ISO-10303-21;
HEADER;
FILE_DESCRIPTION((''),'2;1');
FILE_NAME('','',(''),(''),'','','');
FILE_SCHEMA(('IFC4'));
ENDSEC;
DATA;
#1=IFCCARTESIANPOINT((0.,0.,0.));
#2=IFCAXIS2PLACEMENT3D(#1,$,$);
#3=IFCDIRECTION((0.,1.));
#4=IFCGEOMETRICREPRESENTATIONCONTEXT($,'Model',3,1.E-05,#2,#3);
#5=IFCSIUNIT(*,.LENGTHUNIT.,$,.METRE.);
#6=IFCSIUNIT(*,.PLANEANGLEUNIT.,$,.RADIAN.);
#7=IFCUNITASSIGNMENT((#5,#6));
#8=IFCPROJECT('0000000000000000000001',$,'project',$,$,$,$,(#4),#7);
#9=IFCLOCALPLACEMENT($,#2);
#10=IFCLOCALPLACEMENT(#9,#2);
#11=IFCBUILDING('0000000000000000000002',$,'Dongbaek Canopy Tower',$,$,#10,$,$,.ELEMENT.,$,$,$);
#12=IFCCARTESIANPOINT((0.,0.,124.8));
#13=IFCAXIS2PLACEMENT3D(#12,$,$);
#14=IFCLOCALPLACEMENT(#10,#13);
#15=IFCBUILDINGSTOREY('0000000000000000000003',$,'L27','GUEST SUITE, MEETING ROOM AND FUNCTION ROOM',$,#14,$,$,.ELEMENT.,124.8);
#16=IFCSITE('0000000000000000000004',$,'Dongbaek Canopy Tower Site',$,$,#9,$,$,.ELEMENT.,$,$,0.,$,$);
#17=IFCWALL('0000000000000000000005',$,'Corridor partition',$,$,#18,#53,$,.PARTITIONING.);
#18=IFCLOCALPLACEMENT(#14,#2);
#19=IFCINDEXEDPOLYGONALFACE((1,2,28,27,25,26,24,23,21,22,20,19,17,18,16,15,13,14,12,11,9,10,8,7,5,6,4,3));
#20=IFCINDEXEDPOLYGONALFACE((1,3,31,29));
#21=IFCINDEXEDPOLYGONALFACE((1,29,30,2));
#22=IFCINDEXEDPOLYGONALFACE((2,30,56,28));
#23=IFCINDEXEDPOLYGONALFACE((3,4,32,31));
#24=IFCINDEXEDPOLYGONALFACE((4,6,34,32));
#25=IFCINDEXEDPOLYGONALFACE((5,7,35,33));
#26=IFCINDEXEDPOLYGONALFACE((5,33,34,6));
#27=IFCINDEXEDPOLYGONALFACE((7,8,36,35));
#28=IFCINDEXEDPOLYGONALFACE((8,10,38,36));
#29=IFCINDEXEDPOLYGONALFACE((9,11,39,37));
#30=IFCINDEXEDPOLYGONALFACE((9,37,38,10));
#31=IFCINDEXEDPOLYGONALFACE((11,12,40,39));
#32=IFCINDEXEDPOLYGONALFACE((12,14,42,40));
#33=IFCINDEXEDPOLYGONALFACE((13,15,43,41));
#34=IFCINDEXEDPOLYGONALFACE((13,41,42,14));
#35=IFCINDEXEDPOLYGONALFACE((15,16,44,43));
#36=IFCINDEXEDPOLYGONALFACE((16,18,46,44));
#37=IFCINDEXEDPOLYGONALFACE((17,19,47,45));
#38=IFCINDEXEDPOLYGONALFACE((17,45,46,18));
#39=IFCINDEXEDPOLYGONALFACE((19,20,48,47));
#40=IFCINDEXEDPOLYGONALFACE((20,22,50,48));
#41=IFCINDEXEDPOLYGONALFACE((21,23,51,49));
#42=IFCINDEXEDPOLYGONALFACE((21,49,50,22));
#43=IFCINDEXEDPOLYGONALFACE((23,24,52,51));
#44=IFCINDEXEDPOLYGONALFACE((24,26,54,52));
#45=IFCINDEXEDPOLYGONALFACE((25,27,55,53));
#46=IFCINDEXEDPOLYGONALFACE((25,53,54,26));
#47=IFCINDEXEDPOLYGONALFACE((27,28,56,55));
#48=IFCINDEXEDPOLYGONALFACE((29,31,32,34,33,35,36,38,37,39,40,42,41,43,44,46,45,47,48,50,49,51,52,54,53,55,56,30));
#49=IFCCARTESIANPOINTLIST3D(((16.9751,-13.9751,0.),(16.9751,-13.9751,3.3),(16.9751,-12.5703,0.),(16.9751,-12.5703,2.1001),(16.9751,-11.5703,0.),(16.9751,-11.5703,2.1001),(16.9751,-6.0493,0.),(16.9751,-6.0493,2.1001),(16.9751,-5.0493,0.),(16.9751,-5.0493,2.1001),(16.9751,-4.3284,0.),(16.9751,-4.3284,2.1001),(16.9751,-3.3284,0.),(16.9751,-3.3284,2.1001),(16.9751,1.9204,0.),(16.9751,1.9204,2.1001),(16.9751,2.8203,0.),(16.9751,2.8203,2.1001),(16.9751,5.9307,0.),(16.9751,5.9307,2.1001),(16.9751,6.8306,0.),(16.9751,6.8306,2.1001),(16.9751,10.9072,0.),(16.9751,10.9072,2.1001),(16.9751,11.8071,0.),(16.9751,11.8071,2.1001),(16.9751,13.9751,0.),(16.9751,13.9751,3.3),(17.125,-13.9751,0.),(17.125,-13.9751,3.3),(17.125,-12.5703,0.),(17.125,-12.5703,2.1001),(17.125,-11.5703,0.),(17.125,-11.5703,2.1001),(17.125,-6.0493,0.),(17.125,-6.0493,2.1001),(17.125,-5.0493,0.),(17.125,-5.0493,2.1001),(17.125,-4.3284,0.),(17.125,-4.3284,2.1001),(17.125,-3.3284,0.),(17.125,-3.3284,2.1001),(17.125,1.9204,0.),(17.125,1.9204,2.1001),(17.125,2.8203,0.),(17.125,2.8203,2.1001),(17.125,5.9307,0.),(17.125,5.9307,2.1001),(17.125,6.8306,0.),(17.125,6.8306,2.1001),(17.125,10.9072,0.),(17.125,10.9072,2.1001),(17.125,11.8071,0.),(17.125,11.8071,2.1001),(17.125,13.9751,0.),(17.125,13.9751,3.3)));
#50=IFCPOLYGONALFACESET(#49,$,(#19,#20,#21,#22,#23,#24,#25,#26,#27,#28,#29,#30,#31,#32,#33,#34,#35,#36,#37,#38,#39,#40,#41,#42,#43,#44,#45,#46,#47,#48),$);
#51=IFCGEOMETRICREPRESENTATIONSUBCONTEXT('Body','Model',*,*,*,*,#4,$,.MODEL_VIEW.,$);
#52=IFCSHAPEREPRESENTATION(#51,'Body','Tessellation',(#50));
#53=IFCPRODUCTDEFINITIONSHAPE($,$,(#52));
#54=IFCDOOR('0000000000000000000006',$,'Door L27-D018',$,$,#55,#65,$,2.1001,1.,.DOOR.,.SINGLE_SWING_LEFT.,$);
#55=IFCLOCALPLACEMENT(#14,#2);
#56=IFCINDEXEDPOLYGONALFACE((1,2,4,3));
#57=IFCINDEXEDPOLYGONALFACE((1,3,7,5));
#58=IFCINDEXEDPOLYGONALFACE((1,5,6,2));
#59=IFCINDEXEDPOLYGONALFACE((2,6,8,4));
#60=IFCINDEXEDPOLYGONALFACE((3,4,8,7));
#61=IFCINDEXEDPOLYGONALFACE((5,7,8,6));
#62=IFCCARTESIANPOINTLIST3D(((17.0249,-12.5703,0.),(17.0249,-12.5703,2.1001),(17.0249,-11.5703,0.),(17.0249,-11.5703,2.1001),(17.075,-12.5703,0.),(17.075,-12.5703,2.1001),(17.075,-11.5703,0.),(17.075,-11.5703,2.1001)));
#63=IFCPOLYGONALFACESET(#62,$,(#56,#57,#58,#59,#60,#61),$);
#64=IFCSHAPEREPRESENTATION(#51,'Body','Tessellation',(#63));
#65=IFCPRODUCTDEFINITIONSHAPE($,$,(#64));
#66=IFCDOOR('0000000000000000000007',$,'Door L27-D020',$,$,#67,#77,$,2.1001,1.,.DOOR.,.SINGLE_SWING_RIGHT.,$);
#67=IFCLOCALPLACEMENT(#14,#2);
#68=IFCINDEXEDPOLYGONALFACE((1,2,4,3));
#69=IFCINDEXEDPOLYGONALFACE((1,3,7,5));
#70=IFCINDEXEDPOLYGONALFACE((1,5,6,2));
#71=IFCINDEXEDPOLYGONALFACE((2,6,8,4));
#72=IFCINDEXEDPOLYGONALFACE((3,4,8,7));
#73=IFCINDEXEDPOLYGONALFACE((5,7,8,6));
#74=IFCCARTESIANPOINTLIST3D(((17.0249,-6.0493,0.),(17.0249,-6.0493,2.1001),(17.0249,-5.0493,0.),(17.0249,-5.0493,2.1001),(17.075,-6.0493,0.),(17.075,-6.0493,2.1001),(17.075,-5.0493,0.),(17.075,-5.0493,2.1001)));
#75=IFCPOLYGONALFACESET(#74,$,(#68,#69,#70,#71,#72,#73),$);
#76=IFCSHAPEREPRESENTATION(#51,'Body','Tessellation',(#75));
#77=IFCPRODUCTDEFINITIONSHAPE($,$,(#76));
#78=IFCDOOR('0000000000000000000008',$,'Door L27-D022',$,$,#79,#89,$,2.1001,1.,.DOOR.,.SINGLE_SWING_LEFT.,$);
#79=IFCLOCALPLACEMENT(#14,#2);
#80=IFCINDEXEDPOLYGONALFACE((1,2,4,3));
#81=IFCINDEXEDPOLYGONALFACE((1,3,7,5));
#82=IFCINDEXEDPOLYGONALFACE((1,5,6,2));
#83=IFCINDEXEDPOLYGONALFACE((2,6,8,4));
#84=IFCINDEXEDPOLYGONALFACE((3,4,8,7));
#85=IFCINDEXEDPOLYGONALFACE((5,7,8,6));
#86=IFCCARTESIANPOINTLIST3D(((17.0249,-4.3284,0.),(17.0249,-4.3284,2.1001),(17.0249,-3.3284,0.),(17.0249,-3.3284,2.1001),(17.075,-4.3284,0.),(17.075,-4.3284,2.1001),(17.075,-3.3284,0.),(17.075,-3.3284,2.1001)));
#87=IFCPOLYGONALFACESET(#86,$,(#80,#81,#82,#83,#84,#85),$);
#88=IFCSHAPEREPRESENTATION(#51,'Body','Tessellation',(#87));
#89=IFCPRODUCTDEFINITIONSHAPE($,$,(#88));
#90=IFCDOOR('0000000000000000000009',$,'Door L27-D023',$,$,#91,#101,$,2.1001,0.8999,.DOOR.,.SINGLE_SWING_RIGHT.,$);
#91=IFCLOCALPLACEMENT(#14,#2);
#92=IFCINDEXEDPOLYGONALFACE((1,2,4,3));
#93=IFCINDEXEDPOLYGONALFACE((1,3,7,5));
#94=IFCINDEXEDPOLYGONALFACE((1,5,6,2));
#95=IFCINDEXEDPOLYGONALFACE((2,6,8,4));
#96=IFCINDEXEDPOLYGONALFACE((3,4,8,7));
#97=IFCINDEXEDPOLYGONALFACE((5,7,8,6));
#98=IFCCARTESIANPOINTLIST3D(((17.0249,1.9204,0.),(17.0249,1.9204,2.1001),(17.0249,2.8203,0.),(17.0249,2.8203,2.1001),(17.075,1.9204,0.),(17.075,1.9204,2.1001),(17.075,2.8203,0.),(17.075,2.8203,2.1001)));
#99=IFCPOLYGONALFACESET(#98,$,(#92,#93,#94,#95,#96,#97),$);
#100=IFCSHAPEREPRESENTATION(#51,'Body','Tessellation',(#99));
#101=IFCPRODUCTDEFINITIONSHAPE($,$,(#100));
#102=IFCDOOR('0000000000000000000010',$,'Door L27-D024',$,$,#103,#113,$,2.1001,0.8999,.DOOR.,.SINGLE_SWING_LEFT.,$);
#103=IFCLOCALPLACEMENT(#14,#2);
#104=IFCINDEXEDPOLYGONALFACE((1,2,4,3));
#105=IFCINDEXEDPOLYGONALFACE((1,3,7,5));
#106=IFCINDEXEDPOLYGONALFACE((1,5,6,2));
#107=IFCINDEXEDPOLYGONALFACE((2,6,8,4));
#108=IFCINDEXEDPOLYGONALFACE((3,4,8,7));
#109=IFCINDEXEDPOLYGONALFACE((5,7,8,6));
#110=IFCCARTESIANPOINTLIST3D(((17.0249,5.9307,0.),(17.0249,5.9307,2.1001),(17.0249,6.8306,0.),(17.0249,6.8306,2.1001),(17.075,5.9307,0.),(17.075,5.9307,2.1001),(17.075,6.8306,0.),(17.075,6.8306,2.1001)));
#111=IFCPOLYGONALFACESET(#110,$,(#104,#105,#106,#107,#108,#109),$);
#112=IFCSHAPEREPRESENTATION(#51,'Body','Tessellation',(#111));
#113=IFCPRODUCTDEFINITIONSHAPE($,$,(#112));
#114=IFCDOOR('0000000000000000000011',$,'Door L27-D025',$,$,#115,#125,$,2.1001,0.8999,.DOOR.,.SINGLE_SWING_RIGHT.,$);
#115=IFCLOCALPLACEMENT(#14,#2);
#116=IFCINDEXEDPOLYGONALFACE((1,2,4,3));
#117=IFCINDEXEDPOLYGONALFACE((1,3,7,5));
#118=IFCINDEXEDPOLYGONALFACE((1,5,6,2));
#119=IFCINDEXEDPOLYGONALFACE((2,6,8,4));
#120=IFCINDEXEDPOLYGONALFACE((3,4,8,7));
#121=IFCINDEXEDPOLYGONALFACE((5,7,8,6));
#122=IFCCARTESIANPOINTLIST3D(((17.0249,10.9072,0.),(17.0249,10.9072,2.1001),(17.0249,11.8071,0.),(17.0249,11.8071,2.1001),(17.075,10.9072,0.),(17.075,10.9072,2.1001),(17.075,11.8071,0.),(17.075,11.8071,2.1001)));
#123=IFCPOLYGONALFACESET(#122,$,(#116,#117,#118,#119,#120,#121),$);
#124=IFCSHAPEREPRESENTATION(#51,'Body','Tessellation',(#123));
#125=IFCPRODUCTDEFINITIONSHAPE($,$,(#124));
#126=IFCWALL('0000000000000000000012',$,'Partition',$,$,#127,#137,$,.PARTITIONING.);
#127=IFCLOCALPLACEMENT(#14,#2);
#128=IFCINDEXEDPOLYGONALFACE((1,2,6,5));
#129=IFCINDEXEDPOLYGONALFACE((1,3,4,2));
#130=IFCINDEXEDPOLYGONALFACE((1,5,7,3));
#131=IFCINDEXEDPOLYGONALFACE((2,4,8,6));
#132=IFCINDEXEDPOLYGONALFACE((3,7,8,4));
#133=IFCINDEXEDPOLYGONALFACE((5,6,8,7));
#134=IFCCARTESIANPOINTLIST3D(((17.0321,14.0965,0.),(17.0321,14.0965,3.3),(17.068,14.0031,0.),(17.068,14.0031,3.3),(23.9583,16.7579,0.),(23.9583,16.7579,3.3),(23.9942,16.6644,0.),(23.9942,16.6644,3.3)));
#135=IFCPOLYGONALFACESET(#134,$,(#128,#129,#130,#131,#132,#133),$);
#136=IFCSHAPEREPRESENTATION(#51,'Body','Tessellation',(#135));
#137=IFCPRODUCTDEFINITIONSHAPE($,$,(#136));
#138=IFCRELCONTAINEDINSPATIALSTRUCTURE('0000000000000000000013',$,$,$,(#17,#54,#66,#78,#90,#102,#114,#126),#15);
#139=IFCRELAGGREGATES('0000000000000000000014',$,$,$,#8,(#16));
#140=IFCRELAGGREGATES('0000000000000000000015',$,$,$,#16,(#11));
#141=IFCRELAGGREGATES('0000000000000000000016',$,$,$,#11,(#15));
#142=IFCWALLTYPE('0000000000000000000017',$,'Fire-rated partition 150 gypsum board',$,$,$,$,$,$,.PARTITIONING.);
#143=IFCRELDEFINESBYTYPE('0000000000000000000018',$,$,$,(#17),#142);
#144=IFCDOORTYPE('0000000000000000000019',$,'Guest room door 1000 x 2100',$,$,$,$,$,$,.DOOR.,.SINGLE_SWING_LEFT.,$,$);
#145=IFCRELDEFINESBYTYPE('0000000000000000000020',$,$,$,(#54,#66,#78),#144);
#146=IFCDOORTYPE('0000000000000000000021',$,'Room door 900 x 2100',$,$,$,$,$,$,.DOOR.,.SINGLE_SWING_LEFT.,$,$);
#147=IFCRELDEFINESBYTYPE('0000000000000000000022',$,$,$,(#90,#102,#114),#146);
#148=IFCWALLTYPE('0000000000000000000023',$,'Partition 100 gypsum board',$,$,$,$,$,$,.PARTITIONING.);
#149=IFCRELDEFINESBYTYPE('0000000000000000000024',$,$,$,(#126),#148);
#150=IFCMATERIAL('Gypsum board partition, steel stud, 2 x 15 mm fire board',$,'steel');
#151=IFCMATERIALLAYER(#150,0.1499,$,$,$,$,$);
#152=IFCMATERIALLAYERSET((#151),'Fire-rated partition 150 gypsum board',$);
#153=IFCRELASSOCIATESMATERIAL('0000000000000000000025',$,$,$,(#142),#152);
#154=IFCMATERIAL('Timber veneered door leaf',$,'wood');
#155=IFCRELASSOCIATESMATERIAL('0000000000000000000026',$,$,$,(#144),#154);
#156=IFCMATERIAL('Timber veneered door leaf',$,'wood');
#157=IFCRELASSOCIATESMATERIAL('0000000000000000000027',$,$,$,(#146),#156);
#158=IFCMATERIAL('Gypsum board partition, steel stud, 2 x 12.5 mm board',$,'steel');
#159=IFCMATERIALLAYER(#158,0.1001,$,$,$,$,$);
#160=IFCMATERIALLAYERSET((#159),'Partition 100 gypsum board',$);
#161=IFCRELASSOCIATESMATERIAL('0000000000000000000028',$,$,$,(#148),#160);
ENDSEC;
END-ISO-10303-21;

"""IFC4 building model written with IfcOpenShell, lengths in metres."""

from ifc_helpers import new_model, si_unit, direction, frame, frame_2d, origin, place, context, subcontext, project, spatial, rectangle, extrude, material, layer, layer_set, type_object, element, fill, save


model = new_model("IFC4")

# Units and contexts
model_context = context("Model", 3, precision=1e-05, world=origin(), true_north=direction((0.0, 1.0)))
body_context = subcontext(model_context, "Body", "Model", "MODEL_VIEW")
ifc_project = project(units=[si_unit("LENGTHUNIT", "METRE"), si_unit("PLANEANGLEUNIT", "RADIAN")], contexts=[model_context])

# Site, building, storey
site_placement = place(None, origin())
site = spatial("IfcSite", under=ifc_project, at=site_placement, Name="Dongbaek Canopy Tower Site", CompositionType="ELEMENT", RefElevation=0.0)
building_placement = place(site_placement, origin())
building = spatial("IfcBuilding", under=site, at=building_placement, Name="Dongbaek Canopy Tower", CompositionType="ELEMENT")
storey_placement = place(building_placement, frame((0.0, 0.0, 124.8)))
storey = spatial("IfcBuildingStorey", under=building, at=storey_placement, Name="L27", Description="GUEST SUITE, MEETING ROOM AND FUNCTION ROOM", CompositionType="ELEMENT", Elevation=124.8)

# Wall, openings, doors
ifc_material_1 = material(Name="Gypsum board partition, steel stud, 2 x 15 mm fire board", Category="steel")
ifc_layer_1 = layer(ifc_material_1, 0.1499)
ifc_layer_set_1 = layer_set([ifc_layer_1], Name="Fire-rated partition 150 gypsum board")
wall_type_1 = type_object("IfcWallType", Name="Fire-rated partition 150 gypsum board", PredefinedType="PARTITIONING", material=ifc_layer_set_1)
wall_1_placement = place(storey_placement, frame((17.05, 13.9751, 0.0), z_axis=(0.0, 0.0, 1.0), x_axis=(0.0, -1.0, 0.0)))
wall_1 = element("IfcWall", 1, at=wall_1_placement, inside=storey, type_object=wall_type_1, Name="Corridor partition", PredefinedType="PARTITIONING", context=body_context, shape_type="SweptSolid", body=[
    extrude(rectangle(XDim=27.9502, YDim=0.1499, at=frame_2d((13.9751, 0.0))), origin(), (0.0, 0.0, 1.0), 3.3),
])
opening_1_placement = place(wall_1_placement, frame((25.5454, 0.0, 0.0)))
opening_1 = element("IfcOpeningElement", 2, at=opening_1_placement, cuts=wall_1, PredefinedType="OPENING", context=body_context, shape_type="SweptSolid", body=[
    extrude(rectangle(XDim=1.0, YDim=2.1001, at=frame_2d((0.5, 1.05))), frame((0.0, 0.085, 0.0), z_axis=(0.0, -1.0, 0.0), x_axis=(1.0, 0.0, 0.0)), (0.0, 0.0, 1.0), 0.1699),
])
opening_2_placement = place(wall_1_placement, frame((19.0244, 0.0, 0.0)))
opening_2 = element("IfcOpeningElement", 3, at=opening_2_placement, cuts=wall_1, PredefinedType="OPENING", context=body_context, shape_type="SweptSolid", body=[
    extrude(rectangle(XDim=1.0, YDim=2.1001, at=frame_2d((0.5, 1.05))), frame((0.0, 0.085, 0.0), z_axis=(0.0, -1.0, 0.0), x_axis=(1.0, 0.0, 0.0)), (0.0, 0.0, 1.0), 0.1699),
])
opening_3_placement = place(wall_1_placement, frame((17.3035, 0.0, 0.0)))
opening_3 = element("IfcOpeningElement", 4, at=opening_3_placement, cuts=wall_1, PredefinedType="OPENING", context=body_context, shape_type="SweptSolid", body=[
    extrude(rectangle(XDim=1.0, YDim=2.1001, at=frame_2d((0.5, 1.05))), frame((0.0, 0.085, 0.0), z_axis=(0.0, -1.0, 0.0), x_axis=(1.0, 0.0, 0.0)), (0.0, 0.0, 1.0), 0.1699),
])
opening_4_placement = place(wall_1_placement, frame((11.1548, 0.0, 0.0)))
opening_4 = element("IfcOpeningElement", 5, at=opening_4_placement, cuts=wall_1, PredefinedType="OPENING", context=body_context, shape_type="SweptSolid", body=[
    extrude(rectangle(XDim=0.8999, YDim=2.1001, at=frame_2d((0.45, 1.05))), frame((0.0, 0.085, 0.0), z_axis=(0.0, -1.0, 0.0), x_axis=(1.0, 0.0, 0.0)), (0.0, 0.0, 1.0), 0.1699),
])
opening_5_placement = place(wall_1_placement, frame((7.1445, 0.0, 0.0)))
opening_5 = element("IfcOpeningElement", 6, at=opening_5_placement, cuts=wall_1, PredefinedType="OPENING", context=body_context, shape_type="SweptSolid", body=[
    extrude(rectangle(XDim=0.8999, YDim=2.1001, at=frame_2d((0.45, 1.05))), frame((0.0, 0.085, 0.0), z_axis=(0.0, -1.0, 0.0), x_axis=(1.0, 0.0, 0.0)), (0.0, 0.0, 1.0), 0.1699),
])
opening_6_placement = place(wall_1_placement, frame((2.168, 0.0, 0.0)))
opening_6 = element("IfcOpeningElement", 7, at=opening_6_placement, cuts=wall_1, PredefinedType="OPENING", context=body_context, shape_type="SweptSolid", body=[
    extrude(rectangle(XDim=0.8999, YDim=2.1001, at=frame_2d((0.45, 1.05))), frame((0.0, 0.085, 0.0), z_axis=(0.0, -1.0, 0.0), x_axis=(1.0, 0.0, 0.0)), (0.0, 0.0, 1.0), 0.1699),
])
ifc_material_2 = material(Name="Timber veneered door leaf", Category="wood")
door_type_1 = type_object("IfcDoorType", Name="Guest room door 1000 x 2100", OperationType="SINGLE_SWING_LEFT", PredefinedType="DOOR", material=ifc_material_2)
door_1_placement = place(opening_1_placement, origin())
door_1 = element("IfcDoor", 8, at=door_1_placement, inside=storey, type_object=door_type_1, Name="Door L27-D018", OperationType="SINGLE_SWING_LEFT", OverallHeight=2.1001, OverallWidth=1.0, PredefinedType="DOOR", context=body_context, shape_type="SweptSolid", body=[
    extrude(rectangle(XDim=1.0, YDim=2.1001, at=frame_2d((0.5, 1.05))), frame((0.0, 0.0249, 0.0), z_axis=(0.0, -1.0, 0.0), x_axis=(1.0, 0.0, 0.0)), (0.0, 0.0, 1.0), 0.05),
])
fill(opening_1, door_1)
door_2_placement = place(opening_2_placement, origin())
door_2 = element("IfcDoor", 9, at=door_2_placement, inside=storey, type_object=door_type_1, Name="Door L27-D020", OperationType="SINGLE_SWING_RIGHT", OverallHeight=2.1001, OverallWidth=1.0, PredefinedType="DOOR", context=body_context, shape_type="SweptSolid", body=[
    extrude(rectangle(XDim=1.0, YDim=2.1001, at=frame_2d((0.5, 1.05))), frame((0.0, 0.0249, 0.0), z_axis=(0.0, -1.0, 0.0), x_axis=(1.0, 0.0, 0.0)), (0.0, 0.0, 1.0), 0.05),
])
fill(opening_2, door_2)
door_3_placement = place(opening_3_placement, origin())
door_3 = element("IfcDoor", 10, at=door_3_placement, inside=storey, type_object=door_type_1, Name="Door L27-D022", OperationType="SINGLE_SWING_LEFT", OverallHeight=2.1001, OverallWidth=1.0, PredefinedType="DOOR", context=body_context, shape_type="SweptSolid", body=[
    extrude(rectangle(XDim=1.0, YDim=2.1001, at=frame_2d((0.5, 1.05))), frame((0.0, 0.0249, 0.0), z_axis=(0.0, -1.0, 0.0), x_axis=(1.0, 0.0, 0.0)), (0.0, 0.0, 1.0), 0.05),
])
fill(opening_3, door_3)
ifc_material_3 = material(Name="Timber veneered door leaf", Category="wood")
door_type_2 = type_object("IfcDoorType", Name="Room door 900 x 2100", OperationType="SINGLE_SWING_LEFT", PredefinedType="DOOR", material=ifc_material_3)
door_4_placement = place(opening_4_placement, origin())
door_4 = element("IfcDoor", 11, at=door_4_placement, inside=storey, type_object=door_type_2, Name="Door L27-D023", OperationType="SINGLE_SWING_RIGHT", OverallHeight=2.1001, OverallWidth=0.8999, PredefinedType="DOOR", context=body_context, shape_type="SweptSolid", body=[
    extrude(rectangle(XDim=0.8999, YDim=2.1001, at=frame_2d((0.45, 1.05))), frame((0.0, 0.0249, 0.0), z_axis=(0.0, -1.0, 0.0), x_axis=(1.0, 0.0, 0.0)), (0.0, 0.0, 1.0), 0.05),
])
fill(opening_4, door_4)
door_5_placement = place(opening_5_placement, origin())
door_5 = element("IfcDoor", 12, at=door_5_placement, inside=storey, type_object=door_type_2, Name="Door L27-D024", OperationType="SINGLE_SWING_LEFT", OverallHeight=2.1001, OverallWidth=0.8999, PredefinedType="DOOR", context=body_context, shape_type="SweptSolid", body=[
    extrude(rectangle(XDim=0.8999, YDim=2.1001, at=frame_2d((0.45, 1.05))), frame((0.0, 0.0249, 0.0), z_axis=(0.0, -1.0, 0.0), x_axis=(1.0, 0.0, 0.0)), (0.0, 0.0, 1.0), 0.05),
])
fill(opening_5, door_5)
door_6_placement = place(opening_6_placement, origin())
door_6 = element("IfcDoor", 13, at=door_6_placement, inside=storey, type_object=door_type_2, Name="Door L27-D025", OperationType="SINGLE_SWING_RIGHT", OverallHeight=2.1001, OverallWidth=0.8999, PredefinedType="DOOR", context=body_context, shape_type="SweptSolid", body=[
    extrude(rectangle(XDim=0.8999, YDim=2.1001, at=frame_2d((0.45, 1.05))), frame((0.0, 0.0249, 0.0), z_axis=(0.0, -1.0, 0.0), x_axis=(1.0, 0.0, 0.0)), (0.0, 0.0, 1.0), 0.05),
])
fill(opening_6, door_6)

# Wall
ifc_material_4 = material(Name="Gypsum board partition, steel stud, 2 x 12.5 mm board", Category="steel")
ifc_layer_2 = layer(ifc_material_4, 0.1001)
ifc_layer_set_2 = layer_set([ifc_layer_2], Name="Partition 100 gypsum board")
wall_type_2 = type_object("IfcWallType", Name="Partition 100 gypsum board", PredefinedType="PARTITIONING", material=ifc_layer_set_2)
wall_2_placement = place(storey_placement, frame((17.05, 14.0498, 0.0), z_axis=(0.0, 0.0, 1.0), x_axis=(0.933462, 0.358677, 0.0)))
element("IfcWall", 14, at=wall_2_placement, inside=storey, type_object=wall_type_2, Name="Partition", PredefinedType="PARTITIONING", context=body_context, shape_type="SweptSolid", body=[
    extrude(rectangle(XDim=7.4199, YDim=0.1001, at=frame_2d((3.71, 0.0))), origin(), (0.0, 0.0, 1.0), 3.3),
])

save(model, "model.ifc")
